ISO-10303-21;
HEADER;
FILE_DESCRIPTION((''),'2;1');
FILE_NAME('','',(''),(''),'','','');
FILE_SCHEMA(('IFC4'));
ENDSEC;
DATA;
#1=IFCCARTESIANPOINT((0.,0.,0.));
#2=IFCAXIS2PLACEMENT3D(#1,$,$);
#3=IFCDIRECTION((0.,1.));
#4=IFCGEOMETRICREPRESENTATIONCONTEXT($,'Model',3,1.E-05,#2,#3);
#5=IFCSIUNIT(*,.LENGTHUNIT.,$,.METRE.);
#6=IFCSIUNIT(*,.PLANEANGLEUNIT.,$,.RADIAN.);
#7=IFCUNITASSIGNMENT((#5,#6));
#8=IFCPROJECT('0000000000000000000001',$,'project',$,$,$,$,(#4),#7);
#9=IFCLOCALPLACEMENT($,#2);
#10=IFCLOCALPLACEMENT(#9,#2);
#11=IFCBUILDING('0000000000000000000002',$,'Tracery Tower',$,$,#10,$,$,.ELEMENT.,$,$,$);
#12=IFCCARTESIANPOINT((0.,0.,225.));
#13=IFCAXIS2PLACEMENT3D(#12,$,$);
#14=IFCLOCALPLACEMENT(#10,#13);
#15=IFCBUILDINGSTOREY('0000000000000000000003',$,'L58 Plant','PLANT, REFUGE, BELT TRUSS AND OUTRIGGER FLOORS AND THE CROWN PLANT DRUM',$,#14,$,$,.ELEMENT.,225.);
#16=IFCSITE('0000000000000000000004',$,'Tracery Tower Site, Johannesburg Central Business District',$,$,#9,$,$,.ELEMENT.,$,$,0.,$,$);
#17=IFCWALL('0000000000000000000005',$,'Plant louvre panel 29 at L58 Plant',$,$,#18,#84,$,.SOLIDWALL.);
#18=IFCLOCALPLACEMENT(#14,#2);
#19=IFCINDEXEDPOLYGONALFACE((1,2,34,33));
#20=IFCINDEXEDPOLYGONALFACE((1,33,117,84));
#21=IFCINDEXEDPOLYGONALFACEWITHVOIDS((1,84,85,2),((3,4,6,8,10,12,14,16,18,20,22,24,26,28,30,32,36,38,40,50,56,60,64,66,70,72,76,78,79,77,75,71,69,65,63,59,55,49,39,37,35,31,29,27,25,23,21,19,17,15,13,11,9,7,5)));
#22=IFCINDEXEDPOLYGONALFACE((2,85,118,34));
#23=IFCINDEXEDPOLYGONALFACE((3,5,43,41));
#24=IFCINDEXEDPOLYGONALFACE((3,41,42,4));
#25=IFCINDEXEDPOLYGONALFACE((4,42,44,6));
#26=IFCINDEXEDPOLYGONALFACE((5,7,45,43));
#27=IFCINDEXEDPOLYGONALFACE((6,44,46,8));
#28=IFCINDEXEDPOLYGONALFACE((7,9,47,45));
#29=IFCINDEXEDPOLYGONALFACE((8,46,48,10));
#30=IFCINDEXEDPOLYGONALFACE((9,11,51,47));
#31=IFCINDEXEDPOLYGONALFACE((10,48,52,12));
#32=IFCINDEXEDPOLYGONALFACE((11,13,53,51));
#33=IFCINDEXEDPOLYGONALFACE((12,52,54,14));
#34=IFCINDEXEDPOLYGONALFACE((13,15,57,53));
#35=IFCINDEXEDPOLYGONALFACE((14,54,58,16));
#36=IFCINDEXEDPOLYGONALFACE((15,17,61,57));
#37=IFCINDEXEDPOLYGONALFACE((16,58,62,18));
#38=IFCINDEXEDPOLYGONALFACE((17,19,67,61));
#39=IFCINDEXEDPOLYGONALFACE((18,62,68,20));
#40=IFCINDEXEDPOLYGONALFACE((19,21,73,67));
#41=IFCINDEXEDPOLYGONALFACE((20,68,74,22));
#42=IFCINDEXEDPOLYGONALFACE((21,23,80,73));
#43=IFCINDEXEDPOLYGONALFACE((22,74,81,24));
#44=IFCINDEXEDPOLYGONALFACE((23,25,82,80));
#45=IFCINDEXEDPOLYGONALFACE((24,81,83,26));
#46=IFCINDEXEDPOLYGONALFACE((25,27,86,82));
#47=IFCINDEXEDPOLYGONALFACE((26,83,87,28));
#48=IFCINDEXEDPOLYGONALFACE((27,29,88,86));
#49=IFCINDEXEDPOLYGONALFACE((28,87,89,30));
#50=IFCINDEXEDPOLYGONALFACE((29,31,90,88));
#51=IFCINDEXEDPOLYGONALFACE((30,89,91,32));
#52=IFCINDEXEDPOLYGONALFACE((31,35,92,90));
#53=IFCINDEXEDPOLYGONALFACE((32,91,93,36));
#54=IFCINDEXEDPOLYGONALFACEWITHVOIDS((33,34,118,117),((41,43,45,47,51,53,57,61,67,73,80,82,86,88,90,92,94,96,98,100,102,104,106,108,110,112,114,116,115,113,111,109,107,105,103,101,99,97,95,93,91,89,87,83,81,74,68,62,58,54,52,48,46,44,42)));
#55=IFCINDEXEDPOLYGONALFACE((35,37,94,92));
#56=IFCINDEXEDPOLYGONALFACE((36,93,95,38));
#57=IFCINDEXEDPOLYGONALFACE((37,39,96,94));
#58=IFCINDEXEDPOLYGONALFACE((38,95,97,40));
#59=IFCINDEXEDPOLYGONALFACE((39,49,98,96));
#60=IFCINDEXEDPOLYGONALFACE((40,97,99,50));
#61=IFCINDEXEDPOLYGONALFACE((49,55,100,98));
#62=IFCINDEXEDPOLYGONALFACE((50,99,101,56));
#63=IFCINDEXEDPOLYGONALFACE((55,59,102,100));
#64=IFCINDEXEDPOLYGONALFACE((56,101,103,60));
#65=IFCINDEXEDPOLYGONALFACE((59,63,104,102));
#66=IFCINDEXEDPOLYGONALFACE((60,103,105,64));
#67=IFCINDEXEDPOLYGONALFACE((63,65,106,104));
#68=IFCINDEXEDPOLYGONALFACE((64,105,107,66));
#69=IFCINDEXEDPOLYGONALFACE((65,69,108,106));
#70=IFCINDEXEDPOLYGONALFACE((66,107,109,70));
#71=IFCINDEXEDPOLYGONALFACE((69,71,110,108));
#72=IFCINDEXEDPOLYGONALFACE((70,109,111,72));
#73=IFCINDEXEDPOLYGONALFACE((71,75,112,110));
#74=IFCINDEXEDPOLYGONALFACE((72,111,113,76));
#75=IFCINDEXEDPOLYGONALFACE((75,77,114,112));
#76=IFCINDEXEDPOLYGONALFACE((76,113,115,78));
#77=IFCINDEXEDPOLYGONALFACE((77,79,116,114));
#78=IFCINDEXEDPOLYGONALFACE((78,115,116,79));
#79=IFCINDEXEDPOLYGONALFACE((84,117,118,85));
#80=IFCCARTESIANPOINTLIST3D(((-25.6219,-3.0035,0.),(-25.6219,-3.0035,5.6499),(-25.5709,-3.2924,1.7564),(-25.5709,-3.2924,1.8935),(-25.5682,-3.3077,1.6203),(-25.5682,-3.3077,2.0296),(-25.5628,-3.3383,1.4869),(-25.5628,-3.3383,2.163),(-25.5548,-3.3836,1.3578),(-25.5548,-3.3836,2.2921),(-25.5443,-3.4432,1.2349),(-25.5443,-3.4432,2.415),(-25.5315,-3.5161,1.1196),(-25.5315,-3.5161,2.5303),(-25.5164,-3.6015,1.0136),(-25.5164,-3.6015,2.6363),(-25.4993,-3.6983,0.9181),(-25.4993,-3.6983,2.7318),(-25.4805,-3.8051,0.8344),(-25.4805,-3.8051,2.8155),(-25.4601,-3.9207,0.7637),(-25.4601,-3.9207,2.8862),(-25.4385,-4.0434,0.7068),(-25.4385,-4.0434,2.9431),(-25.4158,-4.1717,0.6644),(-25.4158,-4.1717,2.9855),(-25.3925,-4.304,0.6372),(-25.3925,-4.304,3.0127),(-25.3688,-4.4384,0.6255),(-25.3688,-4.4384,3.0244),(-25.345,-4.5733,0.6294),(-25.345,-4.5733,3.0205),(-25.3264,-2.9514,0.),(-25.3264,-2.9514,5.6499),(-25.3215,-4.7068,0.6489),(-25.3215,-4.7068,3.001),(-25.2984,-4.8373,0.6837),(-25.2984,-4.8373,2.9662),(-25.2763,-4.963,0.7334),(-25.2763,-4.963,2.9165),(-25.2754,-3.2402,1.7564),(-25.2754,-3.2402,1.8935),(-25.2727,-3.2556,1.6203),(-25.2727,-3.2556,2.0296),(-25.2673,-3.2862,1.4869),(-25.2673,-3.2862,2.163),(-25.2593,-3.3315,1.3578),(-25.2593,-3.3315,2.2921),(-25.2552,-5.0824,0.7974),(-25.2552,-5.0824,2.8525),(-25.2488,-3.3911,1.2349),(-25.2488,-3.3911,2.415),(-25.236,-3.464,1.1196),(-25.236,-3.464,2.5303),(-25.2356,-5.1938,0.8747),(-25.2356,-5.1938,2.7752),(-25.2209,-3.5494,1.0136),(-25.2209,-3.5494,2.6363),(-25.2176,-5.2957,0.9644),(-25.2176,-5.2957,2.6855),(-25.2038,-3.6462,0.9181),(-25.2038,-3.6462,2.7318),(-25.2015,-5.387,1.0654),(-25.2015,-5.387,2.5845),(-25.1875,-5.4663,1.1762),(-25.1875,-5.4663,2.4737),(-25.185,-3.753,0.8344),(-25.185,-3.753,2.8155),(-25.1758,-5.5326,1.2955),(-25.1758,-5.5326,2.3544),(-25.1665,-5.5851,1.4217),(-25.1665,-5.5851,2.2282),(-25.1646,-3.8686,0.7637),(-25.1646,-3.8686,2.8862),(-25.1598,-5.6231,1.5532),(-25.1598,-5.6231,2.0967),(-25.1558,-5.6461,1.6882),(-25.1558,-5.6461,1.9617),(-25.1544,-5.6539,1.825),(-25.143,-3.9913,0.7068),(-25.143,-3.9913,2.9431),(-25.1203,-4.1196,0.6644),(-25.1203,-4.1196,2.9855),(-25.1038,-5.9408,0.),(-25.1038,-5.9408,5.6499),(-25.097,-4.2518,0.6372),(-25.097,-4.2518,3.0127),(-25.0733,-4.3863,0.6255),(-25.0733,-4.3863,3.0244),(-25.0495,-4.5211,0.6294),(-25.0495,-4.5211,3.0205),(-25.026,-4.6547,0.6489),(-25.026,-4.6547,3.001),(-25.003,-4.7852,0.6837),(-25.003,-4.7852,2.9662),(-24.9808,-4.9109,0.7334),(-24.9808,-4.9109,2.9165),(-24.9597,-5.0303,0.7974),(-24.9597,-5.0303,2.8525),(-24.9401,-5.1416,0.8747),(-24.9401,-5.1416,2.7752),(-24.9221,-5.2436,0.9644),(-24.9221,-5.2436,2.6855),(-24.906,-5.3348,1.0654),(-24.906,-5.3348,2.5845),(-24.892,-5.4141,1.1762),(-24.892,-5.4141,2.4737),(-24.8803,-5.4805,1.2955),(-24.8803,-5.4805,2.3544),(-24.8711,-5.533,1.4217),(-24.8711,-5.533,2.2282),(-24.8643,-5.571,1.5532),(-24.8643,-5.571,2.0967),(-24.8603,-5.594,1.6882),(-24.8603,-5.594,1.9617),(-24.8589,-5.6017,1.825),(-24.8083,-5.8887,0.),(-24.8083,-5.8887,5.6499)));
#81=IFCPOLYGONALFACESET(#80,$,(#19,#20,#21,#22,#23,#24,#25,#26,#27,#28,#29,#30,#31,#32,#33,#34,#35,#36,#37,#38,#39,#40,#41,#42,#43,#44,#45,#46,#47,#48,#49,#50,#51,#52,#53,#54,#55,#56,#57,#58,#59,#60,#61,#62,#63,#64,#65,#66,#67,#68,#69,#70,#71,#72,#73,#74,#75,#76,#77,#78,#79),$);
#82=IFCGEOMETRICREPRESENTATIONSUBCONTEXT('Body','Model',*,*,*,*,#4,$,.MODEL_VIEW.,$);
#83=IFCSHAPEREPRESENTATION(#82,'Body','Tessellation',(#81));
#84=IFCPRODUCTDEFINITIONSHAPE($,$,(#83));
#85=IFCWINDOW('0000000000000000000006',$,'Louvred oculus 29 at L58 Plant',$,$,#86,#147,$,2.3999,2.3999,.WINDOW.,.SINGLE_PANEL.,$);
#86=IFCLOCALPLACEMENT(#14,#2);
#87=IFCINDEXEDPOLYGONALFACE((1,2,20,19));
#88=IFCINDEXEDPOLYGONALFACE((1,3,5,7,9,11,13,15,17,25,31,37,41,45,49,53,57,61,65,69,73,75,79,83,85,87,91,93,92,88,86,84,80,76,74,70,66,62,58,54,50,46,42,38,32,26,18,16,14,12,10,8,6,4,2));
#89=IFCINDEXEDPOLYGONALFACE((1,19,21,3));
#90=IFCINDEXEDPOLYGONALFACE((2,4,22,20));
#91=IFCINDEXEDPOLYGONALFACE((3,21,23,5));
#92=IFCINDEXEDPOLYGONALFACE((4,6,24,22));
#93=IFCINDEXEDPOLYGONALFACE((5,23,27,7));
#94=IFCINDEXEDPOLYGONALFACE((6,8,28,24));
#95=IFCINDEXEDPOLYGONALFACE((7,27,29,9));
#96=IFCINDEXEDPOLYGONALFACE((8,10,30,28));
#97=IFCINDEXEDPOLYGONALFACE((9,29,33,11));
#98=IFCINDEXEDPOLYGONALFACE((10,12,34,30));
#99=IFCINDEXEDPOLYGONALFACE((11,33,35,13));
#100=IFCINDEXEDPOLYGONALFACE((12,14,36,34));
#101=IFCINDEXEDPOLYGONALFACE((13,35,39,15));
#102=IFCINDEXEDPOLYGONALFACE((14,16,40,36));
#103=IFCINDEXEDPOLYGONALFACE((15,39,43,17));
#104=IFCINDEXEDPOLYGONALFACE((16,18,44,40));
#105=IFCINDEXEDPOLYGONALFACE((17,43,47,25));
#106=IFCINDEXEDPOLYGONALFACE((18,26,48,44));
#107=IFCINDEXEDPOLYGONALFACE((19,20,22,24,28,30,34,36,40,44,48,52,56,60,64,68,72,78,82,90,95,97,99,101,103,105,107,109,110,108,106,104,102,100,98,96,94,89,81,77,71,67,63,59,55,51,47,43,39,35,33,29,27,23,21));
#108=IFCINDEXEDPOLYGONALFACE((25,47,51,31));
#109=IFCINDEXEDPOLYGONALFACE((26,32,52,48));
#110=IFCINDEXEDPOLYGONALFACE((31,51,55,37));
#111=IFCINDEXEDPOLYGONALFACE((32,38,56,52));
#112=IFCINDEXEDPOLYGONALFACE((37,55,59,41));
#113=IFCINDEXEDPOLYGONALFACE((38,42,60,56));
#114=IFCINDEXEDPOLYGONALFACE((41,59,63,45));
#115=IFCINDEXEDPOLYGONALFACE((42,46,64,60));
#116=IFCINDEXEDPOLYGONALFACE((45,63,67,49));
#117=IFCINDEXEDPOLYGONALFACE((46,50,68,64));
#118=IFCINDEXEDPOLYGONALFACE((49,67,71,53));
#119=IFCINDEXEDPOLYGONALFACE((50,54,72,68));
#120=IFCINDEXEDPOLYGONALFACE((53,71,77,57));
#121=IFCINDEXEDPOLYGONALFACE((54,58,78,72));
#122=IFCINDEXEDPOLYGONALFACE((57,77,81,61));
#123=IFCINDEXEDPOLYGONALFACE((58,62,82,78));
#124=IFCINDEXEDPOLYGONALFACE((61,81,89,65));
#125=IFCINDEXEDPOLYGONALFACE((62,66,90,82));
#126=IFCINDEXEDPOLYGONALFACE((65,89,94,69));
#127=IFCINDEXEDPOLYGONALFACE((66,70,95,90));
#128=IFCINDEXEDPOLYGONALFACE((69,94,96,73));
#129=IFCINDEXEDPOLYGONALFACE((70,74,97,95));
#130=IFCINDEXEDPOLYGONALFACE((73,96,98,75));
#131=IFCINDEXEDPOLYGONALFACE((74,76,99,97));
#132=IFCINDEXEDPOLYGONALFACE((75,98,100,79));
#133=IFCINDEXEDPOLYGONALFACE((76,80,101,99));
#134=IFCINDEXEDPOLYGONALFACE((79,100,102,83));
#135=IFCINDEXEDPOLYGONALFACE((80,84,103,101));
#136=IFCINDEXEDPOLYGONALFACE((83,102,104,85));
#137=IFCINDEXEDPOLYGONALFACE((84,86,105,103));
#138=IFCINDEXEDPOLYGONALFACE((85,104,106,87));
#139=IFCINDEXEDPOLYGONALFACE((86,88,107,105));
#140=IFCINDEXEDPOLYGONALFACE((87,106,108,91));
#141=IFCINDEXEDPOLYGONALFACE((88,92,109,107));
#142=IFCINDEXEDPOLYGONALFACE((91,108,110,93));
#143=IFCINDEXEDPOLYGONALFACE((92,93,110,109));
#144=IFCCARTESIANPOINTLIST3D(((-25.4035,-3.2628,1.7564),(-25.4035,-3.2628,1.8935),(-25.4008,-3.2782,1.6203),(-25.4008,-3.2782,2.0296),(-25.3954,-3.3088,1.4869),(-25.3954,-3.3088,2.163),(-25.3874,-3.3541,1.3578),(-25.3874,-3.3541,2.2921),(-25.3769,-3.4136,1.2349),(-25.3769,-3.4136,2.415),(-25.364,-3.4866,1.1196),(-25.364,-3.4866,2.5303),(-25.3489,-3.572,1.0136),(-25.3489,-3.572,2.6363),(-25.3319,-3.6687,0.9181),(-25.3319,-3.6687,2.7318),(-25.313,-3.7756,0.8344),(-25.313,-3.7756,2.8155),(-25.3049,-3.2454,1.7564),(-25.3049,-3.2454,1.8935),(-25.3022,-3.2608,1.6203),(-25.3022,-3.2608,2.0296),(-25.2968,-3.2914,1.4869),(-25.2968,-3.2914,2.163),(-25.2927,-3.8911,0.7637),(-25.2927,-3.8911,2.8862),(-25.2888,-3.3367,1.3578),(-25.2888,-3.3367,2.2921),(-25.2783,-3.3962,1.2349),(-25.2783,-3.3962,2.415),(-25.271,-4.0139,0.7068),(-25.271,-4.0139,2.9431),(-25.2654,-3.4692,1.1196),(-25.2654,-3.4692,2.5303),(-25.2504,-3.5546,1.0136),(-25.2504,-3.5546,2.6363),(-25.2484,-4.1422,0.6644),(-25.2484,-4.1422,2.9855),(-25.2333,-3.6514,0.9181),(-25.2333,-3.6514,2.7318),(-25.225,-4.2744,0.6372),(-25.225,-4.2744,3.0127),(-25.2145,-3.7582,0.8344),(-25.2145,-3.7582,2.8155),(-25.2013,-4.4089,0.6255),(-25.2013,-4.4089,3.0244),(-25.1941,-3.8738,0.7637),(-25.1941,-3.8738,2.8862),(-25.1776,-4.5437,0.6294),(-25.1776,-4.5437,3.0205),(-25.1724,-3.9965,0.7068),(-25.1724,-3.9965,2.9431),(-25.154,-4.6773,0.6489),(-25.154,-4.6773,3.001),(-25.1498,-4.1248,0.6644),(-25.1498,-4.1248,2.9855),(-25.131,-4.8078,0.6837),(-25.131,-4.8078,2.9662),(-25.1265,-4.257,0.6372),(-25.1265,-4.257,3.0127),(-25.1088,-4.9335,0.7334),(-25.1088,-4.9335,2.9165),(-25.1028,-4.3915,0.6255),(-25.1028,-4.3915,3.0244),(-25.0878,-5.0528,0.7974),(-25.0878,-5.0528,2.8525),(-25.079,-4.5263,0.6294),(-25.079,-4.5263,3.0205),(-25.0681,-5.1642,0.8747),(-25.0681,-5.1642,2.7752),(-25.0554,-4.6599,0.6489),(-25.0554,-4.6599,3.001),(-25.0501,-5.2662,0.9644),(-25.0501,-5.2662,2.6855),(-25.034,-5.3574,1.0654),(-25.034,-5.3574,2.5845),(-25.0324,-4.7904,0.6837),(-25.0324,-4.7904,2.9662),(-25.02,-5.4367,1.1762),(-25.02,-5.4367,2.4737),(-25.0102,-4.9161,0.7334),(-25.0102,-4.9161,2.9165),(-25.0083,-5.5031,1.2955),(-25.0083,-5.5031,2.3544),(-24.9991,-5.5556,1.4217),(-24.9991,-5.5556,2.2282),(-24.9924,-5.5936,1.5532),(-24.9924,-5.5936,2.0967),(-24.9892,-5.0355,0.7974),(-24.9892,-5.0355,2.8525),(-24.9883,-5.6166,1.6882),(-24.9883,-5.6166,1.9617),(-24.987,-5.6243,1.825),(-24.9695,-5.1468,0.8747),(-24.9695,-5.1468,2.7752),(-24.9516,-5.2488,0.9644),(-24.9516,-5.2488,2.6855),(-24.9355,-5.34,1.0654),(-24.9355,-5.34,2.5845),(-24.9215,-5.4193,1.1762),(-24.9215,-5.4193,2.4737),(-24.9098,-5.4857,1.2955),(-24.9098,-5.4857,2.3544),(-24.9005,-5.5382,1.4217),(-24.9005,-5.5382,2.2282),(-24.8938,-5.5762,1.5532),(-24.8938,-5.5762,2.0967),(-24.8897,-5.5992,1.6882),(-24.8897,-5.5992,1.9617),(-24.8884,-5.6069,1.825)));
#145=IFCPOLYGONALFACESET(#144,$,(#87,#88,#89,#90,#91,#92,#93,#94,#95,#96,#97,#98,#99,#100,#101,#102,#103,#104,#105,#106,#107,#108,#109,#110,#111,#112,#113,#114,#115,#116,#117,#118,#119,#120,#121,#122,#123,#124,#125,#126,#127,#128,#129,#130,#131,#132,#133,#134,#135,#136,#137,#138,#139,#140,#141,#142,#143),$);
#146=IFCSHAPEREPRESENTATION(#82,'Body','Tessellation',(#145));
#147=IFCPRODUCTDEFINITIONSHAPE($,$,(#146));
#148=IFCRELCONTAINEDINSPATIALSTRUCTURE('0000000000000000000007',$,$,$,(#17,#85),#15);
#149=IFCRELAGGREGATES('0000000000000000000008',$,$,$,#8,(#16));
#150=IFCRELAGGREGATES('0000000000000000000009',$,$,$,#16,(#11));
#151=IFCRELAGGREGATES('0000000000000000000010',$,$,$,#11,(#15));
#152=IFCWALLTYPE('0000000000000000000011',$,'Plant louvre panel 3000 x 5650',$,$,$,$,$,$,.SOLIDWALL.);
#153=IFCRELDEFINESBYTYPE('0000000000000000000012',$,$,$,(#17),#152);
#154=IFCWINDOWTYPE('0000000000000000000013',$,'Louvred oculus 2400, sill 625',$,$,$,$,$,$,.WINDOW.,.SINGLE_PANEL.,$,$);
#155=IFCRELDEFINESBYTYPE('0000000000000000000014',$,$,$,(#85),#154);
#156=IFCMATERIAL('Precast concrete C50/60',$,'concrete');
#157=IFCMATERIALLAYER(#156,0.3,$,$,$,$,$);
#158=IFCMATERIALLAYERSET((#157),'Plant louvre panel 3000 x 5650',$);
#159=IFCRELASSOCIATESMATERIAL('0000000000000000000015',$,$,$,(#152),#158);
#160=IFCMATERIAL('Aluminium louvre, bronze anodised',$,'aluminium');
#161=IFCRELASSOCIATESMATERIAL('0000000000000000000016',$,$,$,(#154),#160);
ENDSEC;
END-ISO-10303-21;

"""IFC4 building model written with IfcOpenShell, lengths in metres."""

from ifc_helpers import new_model, si_unit, direction, frame, frame_2d, origin, origin_2d, place, context, subcontext, project, spatial, rectangle, circle, extrude, material, layer, layer_set, type_object, element, fill, save


model = new_model("IFC4")

# Units and contexts
model_context = context("Model", 3, precision=1e-05, world=origin(), true_north=direction((0.0, 1.0)))
body_context = subcontext(model_context, "Body", "Model", "MODEL_VIEW")
ifc_project = project(units=[si_unit("LENGTHUNIT", "METRE"), si_unit("PLANEANGLEUNIT", "RADIAN")], contexts=[model_context])

# Site, building, storey
site_placement = place(None, origin())
site = spatial("IfcSite", under=ifc_project, at=site_placement, Name="Tracery Tower Site, Johannesburg Central Business District", CompositionType="ELEMENT", RefElevation=0.0)
building_placement = place(site_placement, origin())
building = spatial("IfcBuilding", under=site, at=building_placement, Name="Tracery Tower", CompositionType="ELEMENT")
storey_placement = place(building_placement, frame((0.0, 0.0, 225.0)))
storey = spatial("IfcBuildingStorey", under=building, at=storey_placement, Name="L58 Plant", Description="PLANT, REFUGE, BELT TRUSS AND OUTRIGGER FLOORS AND THE CROWN PLANT DRUM", CompositionType="ELEMENT", Elevation=225.0)

# Wall, opening, window
ifc_material_1 = material(Name="Precast concrete C50/60", Category="concrete")
ifc_layer_1 = layer(ifc_material_1, 0.3)
ifc_layer_set_1 = layer_set([ifc_layer_1], Name="Plant louvre panel 3000 x 5650")
wall_type_1 = type_object("IfcWallType", Name="Plant louvre panel 3000 x 5650", PredefinedType="SOLIDWALL", material=ifc_layer_set_1)
wall_1_placement = place(storey_placement, frame((-25.4741, -2.9775, 0.0), z_axis=(0.0, 0.0, 1.0), x_axis=(0.173697, -0.984799, 0.0)))
wall_1 = element("IfcWall", 1, at=wall_1_placement, inside=storey, type_object=wall_type_1, Name="Plant louvre panel 29 at L58 Plant", PredefinedType="SOLIDWALL", context=body_context, shape_type="SweptSolid", body=[
    extrude(rectangle(XDim=2.9827, YDim=0.3, at=frame_2d((1.4912, 0.0))), origin(), (0.0, 0.0, 1.0), 5.6499),
])
opening_1_placement = place(wall_1_placement, frame((1.4912, 0.0, 1.825)))
opening_1 = element("IfcOpeningElement", 2, at=opening_1_placement, cuts=wall_1, PredefinedType="OPENING", context=body_context, shape_type="SweptSolid", body=[
    extrude(circle(Radius=1.2, at=origin_2d()), frame((0.0, 0.1599, 0.0), z_axis=(0.0, -1.0, 0.0), x_axis=(1.0, 0.0, 0.0)), (0.0, 0.0, 1.0), 0.3201),
])
ifc_material_2 = material(Name="Aluminium louvre, bronze anodised", Category="aluminium")
window_type = type_object("IfcWindowType", Name="Louvred oculus 2400, sill 625", PartitioningType="SINGLE_PANEL", PredefinedType="WINDOW", material=ifc_material_2)
window_1_placement = place(opening_1_placement, origin())
window_1 = element("IfcWindow", 3, at=window_1_placement, inside=storey, type_object=window_type, Name="Louvred oculus 29 at L58 Plant", OverallHeight=2.3999, OverallWidth=2.3999, PartitioningType="SINGLE_PANEL", PredefinedType="WINDOW", context=body_context, shape_type="SweptSolid", body=[
    extrude(circle(Radius=1.2, at=origin_2d()), frame((0.0, 0.1201, 0.0), z_axis=(0.0, -1.0, 0.0), x_axis=(1.0, 0.0, 0.0)), (0.0, 0.0, 1.0), 0.1001),
])
fill(opening_1, window_1)

save(model, "model.ifc")
